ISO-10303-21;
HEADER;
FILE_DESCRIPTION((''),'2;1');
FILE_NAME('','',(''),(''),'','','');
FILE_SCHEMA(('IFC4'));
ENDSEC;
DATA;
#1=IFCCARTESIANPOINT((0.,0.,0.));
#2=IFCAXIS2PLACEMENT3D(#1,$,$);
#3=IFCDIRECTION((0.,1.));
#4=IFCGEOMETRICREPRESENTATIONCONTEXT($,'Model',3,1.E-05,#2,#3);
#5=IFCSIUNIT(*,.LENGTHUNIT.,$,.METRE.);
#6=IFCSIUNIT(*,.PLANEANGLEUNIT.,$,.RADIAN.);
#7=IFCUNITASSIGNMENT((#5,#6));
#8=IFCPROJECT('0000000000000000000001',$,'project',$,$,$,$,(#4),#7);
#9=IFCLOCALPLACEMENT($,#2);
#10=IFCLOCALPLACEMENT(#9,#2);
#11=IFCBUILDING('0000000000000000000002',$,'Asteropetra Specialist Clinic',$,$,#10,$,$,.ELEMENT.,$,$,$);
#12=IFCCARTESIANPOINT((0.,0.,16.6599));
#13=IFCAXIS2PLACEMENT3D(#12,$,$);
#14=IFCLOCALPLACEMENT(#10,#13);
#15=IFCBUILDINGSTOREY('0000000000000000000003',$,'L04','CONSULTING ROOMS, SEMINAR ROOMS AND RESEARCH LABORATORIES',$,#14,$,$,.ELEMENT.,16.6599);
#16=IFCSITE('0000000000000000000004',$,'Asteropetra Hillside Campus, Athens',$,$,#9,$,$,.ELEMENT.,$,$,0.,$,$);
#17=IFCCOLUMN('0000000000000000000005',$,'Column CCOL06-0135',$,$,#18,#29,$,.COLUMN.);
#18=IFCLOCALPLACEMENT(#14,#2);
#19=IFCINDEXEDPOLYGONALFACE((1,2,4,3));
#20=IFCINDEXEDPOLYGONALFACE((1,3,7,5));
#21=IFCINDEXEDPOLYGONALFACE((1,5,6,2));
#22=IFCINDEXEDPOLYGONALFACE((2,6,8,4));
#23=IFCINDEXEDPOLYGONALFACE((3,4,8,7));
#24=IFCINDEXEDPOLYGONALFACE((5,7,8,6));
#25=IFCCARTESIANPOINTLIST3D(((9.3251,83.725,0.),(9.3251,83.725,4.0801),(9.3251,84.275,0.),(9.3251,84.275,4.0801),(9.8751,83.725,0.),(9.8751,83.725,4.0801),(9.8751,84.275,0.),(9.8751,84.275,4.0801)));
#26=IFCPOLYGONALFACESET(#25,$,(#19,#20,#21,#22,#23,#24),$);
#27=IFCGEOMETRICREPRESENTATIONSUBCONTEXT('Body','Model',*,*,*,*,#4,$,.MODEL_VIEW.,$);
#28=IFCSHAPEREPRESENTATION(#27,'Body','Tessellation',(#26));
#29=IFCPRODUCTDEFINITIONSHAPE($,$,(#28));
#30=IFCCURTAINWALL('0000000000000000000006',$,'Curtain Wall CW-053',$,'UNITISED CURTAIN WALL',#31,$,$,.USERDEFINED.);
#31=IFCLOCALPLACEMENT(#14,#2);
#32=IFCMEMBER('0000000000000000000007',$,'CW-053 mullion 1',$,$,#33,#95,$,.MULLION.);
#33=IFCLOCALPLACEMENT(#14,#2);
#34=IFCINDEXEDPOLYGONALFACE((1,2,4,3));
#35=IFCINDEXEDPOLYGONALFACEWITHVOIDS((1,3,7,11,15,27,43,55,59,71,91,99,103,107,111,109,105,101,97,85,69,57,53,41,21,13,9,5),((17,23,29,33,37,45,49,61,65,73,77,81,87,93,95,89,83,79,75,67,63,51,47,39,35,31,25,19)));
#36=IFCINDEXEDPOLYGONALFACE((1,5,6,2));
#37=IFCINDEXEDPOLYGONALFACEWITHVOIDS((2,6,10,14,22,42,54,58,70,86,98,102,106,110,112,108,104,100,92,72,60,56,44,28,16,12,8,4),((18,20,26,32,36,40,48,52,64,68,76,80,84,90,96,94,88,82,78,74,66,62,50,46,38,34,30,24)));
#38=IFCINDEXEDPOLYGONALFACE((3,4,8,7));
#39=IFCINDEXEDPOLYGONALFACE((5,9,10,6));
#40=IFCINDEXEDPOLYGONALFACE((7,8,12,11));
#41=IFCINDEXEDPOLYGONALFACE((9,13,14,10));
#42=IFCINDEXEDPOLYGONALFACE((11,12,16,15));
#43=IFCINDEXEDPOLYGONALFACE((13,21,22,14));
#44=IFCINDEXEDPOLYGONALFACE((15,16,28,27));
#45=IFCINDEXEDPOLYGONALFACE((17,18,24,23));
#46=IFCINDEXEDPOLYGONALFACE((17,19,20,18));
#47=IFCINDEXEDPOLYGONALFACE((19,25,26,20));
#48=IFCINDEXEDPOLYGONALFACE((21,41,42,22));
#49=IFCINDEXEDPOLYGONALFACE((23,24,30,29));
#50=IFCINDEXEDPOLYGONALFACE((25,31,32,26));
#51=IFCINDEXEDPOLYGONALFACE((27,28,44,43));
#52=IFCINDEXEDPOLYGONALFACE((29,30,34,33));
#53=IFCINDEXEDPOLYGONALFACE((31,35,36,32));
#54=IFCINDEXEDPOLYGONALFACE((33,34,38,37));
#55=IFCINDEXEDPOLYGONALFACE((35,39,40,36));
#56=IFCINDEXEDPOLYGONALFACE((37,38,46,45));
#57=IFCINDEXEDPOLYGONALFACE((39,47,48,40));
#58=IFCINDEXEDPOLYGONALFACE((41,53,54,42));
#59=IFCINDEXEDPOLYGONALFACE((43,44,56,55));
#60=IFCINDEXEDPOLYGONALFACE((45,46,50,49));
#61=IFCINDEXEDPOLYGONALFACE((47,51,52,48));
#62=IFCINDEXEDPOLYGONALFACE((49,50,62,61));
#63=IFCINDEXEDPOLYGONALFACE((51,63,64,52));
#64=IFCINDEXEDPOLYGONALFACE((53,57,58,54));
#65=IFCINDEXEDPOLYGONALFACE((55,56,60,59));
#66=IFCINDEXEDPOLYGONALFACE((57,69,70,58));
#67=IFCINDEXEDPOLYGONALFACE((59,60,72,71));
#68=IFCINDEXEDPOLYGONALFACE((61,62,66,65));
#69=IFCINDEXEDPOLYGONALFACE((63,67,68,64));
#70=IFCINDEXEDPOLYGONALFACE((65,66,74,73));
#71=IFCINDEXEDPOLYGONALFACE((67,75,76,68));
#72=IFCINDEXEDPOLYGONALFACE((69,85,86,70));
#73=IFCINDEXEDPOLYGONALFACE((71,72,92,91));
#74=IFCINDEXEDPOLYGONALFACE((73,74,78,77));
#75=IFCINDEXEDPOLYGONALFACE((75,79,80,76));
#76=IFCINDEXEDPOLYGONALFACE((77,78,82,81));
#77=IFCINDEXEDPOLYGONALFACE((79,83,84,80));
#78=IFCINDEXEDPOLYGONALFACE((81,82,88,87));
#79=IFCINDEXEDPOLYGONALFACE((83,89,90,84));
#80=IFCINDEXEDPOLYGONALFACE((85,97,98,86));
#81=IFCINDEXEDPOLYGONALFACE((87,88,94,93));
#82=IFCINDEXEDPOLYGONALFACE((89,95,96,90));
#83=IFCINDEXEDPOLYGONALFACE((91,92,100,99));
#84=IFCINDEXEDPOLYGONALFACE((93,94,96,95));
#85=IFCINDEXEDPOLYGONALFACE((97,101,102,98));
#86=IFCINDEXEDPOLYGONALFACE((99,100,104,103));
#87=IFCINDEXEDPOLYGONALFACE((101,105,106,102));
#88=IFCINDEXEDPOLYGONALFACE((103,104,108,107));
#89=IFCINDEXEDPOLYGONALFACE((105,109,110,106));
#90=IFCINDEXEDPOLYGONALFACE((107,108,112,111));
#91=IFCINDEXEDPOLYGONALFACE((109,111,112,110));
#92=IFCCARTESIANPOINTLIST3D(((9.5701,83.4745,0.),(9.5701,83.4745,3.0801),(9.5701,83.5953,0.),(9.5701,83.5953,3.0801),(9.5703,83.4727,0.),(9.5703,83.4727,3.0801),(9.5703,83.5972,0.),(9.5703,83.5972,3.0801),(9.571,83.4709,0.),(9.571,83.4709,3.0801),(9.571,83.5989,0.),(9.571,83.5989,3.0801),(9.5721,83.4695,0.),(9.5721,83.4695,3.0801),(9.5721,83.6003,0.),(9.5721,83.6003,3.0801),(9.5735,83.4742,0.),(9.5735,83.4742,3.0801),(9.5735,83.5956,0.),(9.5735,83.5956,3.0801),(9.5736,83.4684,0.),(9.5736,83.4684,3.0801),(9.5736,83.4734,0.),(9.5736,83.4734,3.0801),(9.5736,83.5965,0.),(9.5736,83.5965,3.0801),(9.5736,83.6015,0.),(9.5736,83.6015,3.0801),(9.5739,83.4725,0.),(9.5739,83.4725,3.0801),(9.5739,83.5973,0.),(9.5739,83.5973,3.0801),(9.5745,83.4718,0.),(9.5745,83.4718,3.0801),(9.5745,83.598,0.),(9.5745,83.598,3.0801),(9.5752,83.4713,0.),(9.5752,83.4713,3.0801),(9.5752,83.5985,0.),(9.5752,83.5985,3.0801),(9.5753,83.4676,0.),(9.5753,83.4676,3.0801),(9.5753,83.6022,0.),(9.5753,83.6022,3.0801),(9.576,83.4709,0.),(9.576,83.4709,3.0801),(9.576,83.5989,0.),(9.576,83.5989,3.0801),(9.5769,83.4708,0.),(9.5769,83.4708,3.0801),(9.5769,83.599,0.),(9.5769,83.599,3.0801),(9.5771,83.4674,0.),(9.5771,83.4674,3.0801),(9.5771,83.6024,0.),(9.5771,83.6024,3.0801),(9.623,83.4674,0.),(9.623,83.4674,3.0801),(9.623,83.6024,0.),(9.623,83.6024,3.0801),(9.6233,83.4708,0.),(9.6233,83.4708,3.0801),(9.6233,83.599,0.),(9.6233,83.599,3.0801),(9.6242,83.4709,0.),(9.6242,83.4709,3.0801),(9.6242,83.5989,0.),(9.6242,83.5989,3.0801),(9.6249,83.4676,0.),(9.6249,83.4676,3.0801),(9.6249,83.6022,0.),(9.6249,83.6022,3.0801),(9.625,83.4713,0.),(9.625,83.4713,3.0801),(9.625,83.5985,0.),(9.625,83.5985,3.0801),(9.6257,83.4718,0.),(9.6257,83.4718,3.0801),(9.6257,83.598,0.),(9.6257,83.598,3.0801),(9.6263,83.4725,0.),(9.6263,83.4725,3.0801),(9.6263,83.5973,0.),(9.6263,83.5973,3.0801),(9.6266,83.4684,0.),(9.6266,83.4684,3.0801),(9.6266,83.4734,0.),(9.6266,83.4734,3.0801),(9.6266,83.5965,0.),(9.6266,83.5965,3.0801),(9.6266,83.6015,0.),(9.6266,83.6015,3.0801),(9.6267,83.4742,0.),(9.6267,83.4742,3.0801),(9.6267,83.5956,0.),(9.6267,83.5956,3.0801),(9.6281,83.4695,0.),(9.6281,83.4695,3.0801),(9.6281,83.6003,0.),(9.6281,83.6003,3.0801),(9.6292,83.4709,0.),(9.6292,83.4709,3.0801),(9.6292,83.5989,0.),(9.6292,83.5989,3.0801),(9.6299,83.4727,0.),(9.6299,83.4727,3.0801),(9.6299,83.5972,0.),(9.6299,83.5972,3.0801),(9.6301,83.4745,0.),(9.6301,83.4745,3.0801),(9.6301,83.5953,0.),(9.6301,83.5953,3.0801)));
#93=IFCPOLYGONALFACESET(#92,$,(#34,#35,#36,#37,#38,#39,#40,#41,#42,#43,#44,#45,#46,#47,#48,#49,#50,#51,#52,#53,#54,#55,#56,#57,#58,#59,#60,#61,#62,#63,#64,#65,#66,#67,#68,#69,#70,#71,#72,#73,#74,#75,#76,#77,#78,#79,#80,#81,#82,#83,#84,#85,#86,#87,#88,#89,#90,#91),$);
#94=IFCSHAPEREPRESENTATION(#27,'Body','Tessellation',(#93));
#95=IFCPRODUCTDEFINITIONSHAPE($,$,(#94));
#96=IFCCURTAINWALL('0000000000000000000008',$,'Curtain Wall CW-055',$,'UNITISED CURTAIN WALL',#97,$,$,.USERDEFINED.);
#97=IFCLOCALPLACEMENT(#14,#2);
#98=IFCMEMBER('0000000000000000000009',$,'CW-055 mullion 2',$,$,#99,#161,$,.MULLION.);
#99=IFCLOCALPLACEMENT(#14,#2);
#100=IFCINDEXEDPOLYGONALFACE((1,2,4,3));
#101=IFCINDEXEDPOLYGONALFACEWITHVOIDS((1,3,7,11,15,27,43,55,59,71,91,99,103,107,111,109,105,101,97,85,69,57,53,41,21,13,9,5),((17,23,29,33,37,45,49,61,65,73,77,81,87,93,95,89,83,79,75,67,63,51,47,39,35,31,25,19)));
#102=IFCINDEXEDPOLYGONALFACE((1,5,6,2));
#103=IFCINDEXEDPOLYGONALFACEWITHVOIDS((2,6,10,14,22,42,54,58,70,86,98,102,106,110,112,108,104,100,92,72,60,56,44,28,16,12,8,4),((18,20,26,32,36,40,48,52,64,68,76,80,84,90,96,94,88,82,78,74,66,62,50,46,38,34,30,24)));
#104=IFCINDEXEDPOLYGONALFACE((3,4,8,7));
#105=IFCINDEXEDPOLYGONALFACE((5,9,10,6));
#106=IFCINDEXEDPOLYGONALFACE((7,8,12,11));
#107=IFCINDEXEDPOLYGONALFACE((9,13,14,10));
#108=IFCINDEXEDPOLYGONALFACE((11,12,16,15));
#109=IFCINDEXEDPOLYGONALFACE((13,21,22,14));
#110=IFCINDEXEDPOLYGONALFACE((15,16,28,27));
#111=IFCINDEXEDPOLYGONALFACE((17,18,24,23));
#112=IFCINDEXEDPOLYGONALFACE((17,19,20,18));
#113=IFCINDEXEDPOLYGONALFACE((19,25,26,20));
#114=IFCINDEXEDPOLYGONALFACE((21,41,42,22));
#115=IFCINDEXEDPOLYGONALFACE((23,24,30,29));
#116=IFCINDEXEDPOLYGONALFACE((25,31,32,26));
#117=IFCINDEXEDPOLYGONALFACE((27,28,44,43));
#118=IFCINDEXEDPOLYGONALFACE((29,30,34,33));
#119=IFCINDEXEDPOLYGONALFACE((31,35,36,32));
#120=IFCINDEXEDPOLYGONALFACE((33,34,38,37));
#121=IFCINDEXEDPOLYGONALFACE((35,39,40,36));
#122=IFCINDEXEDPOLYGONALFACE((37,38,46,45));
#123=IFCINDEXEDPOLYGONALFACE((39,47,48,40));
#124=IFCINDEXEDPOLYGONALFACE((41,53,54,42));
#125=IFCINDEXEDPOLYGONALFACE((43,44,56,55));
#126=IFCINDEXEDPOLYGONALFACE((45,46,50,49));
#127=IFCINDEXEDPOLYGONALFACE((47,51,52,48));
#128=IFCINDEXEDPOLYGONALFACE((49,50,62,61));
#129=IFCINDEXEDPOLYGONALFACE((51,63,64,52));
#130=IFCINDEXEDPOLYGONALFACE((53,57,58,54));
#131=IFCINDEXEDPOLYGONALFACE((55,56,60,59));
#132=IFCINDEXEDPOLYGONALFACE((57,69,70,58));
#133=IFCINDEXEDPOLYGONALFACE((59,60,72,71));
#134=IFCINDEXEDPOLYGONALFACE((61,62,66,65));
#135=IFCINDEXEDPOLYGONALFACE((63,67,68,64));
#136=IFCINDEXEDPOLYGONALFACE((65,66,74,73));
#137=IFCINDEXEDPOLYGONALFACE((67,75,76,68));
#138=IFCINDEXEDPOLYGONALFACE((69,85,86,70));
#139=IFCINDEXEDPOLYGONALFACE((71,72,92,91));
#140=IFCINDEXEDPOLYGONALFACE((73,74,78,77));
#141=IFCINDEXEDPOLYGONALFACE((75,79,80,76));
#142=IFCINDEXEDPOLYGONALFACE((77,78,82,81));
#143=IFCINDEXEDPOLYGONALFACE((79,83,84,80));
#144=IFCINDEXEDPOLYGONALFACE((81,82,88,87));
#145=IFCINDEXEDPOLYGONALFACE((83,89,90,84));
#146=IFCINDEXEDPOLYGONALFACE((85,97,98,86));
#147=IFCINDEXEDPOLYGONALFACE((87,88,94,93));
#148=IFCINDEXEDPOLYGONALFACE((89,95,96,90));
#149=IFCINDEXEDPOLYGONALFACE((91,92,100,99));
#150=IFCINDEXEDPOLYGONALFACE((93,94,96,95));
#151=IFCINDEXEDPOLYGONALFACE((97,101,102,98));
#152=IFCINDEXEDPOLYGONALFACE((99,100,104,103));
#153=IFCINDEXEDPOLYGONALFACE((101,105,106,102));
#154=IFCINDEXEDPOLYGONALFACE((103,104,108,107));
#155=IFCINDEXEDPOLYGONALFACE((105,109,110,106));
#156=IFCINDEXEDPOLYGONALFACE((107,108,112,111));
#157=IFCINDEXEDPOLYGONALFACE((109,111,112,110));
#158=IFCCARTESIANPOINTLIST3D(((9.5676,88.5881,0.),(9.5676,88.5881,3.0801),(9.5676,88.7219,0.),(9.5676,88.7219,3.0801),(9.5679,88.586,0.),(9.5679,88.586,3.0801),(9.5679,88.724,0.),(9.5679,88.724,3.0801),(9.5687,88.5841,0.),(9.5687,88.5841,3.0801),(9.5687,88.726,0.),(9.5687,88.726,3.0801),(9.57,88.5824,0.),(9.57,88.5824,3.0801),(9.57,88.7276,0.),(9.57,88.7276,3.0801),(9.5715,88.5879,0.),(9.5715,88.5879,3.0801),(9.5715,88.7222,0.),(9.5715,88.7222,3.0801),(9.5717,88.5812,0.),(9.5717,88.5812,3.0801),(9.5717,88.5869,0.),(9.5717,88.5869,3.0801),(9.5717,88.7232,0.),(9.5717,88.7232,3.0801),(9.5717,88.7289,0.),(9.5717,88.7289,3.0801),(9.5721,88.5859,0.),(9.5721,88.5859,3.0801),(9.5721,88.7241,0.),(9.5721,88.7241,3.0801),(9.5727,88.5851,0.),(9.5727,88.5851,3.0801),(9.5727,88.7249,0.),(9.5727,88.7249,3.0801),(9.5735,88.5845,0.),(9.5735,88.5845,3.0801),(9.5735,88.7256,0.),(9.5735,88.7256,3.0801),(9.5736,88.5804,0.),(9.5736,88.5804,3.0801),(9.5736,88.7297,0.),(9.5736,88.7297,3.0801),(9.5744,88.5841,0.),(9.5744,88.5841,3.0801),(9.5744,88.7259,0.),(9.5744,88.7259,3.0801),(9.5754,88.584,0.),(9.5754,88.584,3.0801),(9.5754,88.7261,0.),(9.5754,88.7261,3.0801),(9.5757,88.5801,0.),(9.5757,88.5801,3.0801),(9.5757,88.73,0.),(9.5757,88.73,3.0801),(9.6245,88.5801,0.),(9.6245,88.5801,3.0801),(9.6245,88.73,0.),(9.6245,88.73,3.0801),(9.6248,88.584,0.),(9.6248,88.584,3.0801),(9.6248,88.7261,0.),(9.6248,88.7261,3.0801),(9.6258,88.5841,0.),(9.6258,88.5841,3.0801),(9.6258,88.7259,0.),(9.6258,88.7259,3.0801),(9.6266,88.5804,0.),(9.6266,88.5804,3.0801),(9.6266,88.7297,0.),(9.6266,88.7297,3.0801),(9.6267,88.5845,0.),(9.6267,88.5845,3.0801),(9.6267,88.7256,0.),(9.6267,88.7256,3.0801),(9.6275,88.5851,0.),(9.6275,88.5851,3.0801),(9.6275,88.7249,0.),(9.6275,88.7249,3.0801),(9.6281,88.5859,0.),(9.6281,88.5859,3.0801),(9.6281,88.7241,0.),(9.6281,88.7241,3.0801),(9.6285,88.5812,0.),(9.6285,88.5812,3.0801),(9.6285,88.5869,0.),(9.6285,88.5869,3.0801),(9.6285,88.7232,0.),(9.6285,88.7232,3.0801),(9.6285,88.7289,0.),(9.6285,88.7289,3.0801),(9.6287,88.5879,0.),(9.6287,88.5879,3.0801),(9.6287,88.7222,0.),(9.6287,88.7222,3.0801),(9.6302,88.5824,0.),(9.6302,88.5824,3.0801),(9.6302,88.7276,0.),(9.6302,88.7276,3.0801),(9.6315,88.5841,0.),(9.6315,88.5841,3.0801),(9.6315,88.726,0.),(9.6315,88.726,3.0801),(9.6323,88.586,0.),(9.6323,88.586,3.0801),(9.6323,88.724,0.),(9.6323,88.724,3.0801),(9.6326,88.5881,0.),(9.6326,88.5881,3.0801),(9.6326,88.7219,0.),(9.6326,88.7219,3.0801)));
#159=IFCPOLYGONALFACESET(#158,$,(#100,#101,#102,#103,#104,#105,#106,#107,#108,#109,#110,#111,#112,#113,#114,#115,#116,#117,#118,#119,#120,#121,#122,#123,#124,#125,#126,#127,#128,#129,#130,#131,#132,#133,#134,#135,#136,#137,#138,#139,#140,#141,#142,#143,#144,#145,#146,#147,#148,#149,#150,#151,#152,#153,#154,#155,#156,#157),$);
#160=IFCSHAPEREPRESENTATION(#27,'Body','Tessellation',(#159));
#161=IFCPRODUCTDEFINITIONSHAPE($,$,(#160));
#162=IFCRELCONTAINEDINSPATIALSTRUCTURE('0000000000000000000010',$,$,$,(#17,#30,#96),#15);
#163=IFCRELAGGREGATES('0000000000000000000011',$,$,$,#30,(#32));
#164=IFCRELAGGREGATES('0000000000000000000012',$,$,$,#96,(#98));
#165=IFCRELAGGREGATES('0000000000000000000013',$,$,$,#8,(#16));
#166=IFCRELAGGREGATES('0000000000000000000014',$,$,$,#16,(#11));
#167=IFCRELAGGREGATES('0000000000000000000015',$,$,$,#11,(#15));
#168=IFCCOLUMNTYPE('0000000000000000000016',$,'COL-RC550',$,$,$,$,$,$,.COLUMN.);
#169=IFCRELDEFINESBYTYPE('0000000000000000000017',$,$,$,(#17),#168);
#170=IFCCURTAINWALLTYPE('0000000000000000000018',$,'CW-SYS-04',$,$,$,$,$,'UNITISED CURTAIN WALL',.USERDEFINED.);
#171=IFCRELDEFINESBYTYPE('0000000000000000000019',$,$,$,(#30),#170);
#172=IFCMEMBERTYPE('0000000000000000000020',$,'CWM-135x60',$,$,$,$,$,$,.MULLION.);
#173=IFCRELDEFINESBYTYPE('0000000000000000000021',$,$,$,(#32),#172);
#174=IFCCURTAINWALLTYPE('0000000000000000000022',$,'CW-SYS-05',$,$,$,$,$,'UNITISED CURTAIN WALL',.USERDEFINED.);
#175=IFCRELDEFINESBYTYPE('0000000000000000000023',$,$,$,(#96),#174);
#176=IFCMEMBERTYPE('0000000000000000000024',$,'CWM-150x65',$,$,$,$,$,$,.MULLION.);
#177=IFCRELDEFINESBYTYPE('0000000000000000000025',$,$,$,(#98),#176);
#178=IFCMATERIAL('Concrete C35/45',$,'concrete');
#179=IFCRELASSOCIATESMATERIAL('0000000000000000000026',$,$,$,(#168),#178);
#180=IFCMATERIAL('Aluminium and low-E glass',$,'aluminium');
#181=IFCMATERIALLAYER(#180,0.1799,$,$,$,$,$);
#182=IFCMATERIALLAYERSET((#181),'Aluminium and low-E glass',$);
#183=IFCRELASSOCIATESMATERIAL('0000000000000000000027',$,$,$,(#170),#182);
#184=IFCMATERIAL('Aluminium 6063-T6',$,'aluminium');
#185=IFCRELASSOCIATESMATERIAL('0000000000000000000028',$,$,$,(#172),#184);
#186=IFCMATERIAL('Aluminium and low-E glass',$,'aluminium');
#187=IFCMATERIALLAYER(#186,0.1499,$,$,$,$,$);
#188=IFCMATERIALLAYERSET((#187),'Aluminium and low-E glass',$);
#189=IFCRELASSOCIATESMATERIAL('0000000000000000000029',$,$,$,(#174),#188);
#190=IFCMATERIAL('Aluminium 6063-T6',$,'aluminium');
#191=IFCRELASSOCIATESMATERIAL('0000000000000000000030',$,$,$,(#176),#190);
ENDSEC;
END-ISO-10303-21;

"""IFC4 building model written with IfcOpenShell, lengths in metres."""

from ifc_helpers import new_model, si_unit, direction, frame, origin, origin_2d, place, context, subcontext, project, spatial, rectangle, hollow_rectangle, extrude, material, layer, layer_set, material_profile, profile_set, type_object, element, aggregate, save


model = new_model("IFC4")

# Units and contexts
model_context = context("Model", 3, precision=1e-05, world=origin(), true_north=direction((0.0, 1.0)))
body_context = subcontext(model_context, "Body", "Model", "MODEL_VIEW")
ifc_project = project(units=[si_unit("LENGTHUNIT", "METRE"), si_unit("PLANEANGLEUNIT", "RADIAN")], contexts=[model_context])

# Site, building, storey
site_placement = place(None, origin())
site = spatial("IfcSite", under=ifc_project, at=site_placement, Name="Asteropetra Hillside Campus, Athens", CompositionType="ELEMENT", RefElevation=0.0)
building_placement = place(site_placement, origin())
building = spatial("IfcBuilding", under=site, at=building_placement, Name="Asteropetra Specialist Clinic", CompositionType="ELEMENT")
storey_placement = place(building_placement, frame((0.0, 0.0, 16.6599)))
storey = spatial("IfcBuildingStorey", under=building, at=storey_placement, Name="L04", Description="CONSULTING ROOMS, SEMINAR ROOMS AND RESEARCH LABORATORIES", CompositionType="ELEMENT", Elevation=16.6599)

# Column
ifc_material_1 = material(Name="Concrete C35/45", Category="concrete")
ifc_material_profile_1 = material_profile(ifc_material_1, rectangle(XDim=0.55, YDim=0.55, at=origin_2d()), Name="RC 550x550")
ifc_profile_set_1 = profile_set([ifc_material_profile_1], Name="Concrete C35/45")
column_type = type_object("IfcColumnType", Name="COL-RC550", PredefinedType="COLUMN", material=ifc_profile_set_1)
column_placement = place(storey_placement, frame((9.6001, 84.0, 0.0), z_axis=(0.0, 0.0, 1.0), x_axis=(1.0, 0.0, 0.0)))
element("IfcColumn", 1, at=column_placement, inside=storey, type_object=column_type, Name="Column CCOL06-0135", PredefinedType="COLUMN", context=body_context, shape_type="SweptSolid", body=[
    extrude(rectangle(XDim=0.55, YDim=0.55, at=origin_2d()), origin(), (0.0, 0.0, 1.0), 4.0801),
])

# Curtain wall, member
ifc_material_2 = material(Name="Aluminium and low-E glass", Category="aluminium")
ifc_layer_1 = layer(ifc_material_2, 0.1799)
ifc_layer_set_1 = layer_set([ifc_layer_1], Name="Aluminium and low-E glass")
curtain_wall_type_1 = type_object("IfcCurtainWallType", Name="CW-SYS-04", ElementType="UNITISED CURTAIN WALL", PredefinedType="USERDEFINED", material=ifc_layer_set_1)
curtain_wall_1_placement = place(storey_placement, origin())
curtain_wall_1 = element("IfcCurtainWall", 2, at=curtain_wall_1_placement, inside=storey, type_object=curtain_wall_type_1, Name="Curtain Wall CW-053", ObjectType="UNITISED CURTAIN WALL", PredefinedType="USERDEFINED")
ifc_material_3 = material(Name="Aluminium 6063-T6", Category="aluminium")
ifc_material_profile_2 = material_profile(ifc_material_3, hollow_rectangle(XDim=0.0601, YDim=0.135, WallThickness=0.0034, InnerFilletRadius=0.0034, OuterFilletRadius=0.0071, at=origin_2d()), Name="MUL 135x60x3.5")
ifc_profile_set_2 = profile_set([ifc_material_profile_2], Name="Aluminium 6063-T6")
member_type_1 = type_object("IfcMemberType", Name="CWM-135x60", PredefinedType="MULLION", material=ifc_profile_set_2)
member_1_placement = place(storey_placement, frame((9.6001, 83.5349, 0.0), z_axis=(0.0, 0.0, 1.0), x_axis=(1.0, 0.0, 0.0)))
member_1 = element("IfcMember", 3, at=member_1_placement, type_object=member_type_1, Name="CW-053 mullion 1", PredefinedType="MULLION", context=body_context, shape_type="SweptSolid", body=[
    extrude(hollow_rectangle(XDim=0.0601, YDim=0.135, WallThickness=0.0034, InnerFilletRadius=0.0034, OuterFilletRadius=0.0071, at=origin_2d()), origin(), (0.0, 0.0, 1.0), 3.0801),
])

# Curtain wall, member
ifc_material_4 = material(Name="Aluminium and low-E glass", Category="aluminium")
ifc_layer_2 = layer(ifc_material_4, 0.1499)
ifc_layer_set_2 = layer_set([ifc_layer_2], Name="Aluminium and low-E glass")
curtain_wall_type_2 = type_object("IfcCurtainWallType", Name="CW-SYS-05", ElementType="UNITISED CURTAIN WALL", PredefinedType="USERDEFINED", material=ifc_layer_set_2)
curtain_wall_2_placement = place(storey_placement, origin())
curtain_wall_2 = element("IfcCurtainWall", 4, at=curtain_wall_2_placement, inside=storey, type_object=curtain_wall_type_2, Name="Curtain Wall CW-055", ObjectType="UNITISED CURTAIN WALL", PredefinedType="USERDEFINED")
ifc_material_5 = material(Name="Aluminium 6063-T6", Category="aluminium")
ifc_material_profile_3 = material_profile(ifc_material_5, hollow_rectangle(XDim=0.0649, YDim=0.1499, WallThickness=0.0039, InnerFilletRadius=0.0039, OuterFilletRadius=0.0081, at=origin_2d()), Name="MUL 150x65x4.0")
ifc_profile_set_3 = profile_set([ifc_material_profile_3], Name="Aluminium 6063-T6")
member_type_2 = type_object("IfcMemberType", Name="CWM-150x65", PredefinedType="MULLION", material=ifc_profile_set_3)
member_2_placement = place(storey_placement, frame((9.6001, 88.655, 0.0), z_axis=(0.0, 0.0, 1.0), x_axis=(1.0, 0.0, 0.0)))
member_2 = element("IfcMember", 5, at=member_2_placement, type_object=member_type_2, Name="CW-055 mullion 2", PredefinedType="MULLION", context=body_context, shape_type="SweptSolid", body=[
    extrude(hollow_rectangle(XDim=0.0649, YDim=0.1499, WallThickness=0.0039, InnerFilletRadius=0.0039, OuterFilletRadius=0.0081, at=origin_2d()), origin(), (0.0, 0.0, 1.0), 3.0801),
])

aggregate(curtain_wall_1, [member_1])

aggregate(curtain_wall_2, [member_2])

save(model, "model.ifc")
